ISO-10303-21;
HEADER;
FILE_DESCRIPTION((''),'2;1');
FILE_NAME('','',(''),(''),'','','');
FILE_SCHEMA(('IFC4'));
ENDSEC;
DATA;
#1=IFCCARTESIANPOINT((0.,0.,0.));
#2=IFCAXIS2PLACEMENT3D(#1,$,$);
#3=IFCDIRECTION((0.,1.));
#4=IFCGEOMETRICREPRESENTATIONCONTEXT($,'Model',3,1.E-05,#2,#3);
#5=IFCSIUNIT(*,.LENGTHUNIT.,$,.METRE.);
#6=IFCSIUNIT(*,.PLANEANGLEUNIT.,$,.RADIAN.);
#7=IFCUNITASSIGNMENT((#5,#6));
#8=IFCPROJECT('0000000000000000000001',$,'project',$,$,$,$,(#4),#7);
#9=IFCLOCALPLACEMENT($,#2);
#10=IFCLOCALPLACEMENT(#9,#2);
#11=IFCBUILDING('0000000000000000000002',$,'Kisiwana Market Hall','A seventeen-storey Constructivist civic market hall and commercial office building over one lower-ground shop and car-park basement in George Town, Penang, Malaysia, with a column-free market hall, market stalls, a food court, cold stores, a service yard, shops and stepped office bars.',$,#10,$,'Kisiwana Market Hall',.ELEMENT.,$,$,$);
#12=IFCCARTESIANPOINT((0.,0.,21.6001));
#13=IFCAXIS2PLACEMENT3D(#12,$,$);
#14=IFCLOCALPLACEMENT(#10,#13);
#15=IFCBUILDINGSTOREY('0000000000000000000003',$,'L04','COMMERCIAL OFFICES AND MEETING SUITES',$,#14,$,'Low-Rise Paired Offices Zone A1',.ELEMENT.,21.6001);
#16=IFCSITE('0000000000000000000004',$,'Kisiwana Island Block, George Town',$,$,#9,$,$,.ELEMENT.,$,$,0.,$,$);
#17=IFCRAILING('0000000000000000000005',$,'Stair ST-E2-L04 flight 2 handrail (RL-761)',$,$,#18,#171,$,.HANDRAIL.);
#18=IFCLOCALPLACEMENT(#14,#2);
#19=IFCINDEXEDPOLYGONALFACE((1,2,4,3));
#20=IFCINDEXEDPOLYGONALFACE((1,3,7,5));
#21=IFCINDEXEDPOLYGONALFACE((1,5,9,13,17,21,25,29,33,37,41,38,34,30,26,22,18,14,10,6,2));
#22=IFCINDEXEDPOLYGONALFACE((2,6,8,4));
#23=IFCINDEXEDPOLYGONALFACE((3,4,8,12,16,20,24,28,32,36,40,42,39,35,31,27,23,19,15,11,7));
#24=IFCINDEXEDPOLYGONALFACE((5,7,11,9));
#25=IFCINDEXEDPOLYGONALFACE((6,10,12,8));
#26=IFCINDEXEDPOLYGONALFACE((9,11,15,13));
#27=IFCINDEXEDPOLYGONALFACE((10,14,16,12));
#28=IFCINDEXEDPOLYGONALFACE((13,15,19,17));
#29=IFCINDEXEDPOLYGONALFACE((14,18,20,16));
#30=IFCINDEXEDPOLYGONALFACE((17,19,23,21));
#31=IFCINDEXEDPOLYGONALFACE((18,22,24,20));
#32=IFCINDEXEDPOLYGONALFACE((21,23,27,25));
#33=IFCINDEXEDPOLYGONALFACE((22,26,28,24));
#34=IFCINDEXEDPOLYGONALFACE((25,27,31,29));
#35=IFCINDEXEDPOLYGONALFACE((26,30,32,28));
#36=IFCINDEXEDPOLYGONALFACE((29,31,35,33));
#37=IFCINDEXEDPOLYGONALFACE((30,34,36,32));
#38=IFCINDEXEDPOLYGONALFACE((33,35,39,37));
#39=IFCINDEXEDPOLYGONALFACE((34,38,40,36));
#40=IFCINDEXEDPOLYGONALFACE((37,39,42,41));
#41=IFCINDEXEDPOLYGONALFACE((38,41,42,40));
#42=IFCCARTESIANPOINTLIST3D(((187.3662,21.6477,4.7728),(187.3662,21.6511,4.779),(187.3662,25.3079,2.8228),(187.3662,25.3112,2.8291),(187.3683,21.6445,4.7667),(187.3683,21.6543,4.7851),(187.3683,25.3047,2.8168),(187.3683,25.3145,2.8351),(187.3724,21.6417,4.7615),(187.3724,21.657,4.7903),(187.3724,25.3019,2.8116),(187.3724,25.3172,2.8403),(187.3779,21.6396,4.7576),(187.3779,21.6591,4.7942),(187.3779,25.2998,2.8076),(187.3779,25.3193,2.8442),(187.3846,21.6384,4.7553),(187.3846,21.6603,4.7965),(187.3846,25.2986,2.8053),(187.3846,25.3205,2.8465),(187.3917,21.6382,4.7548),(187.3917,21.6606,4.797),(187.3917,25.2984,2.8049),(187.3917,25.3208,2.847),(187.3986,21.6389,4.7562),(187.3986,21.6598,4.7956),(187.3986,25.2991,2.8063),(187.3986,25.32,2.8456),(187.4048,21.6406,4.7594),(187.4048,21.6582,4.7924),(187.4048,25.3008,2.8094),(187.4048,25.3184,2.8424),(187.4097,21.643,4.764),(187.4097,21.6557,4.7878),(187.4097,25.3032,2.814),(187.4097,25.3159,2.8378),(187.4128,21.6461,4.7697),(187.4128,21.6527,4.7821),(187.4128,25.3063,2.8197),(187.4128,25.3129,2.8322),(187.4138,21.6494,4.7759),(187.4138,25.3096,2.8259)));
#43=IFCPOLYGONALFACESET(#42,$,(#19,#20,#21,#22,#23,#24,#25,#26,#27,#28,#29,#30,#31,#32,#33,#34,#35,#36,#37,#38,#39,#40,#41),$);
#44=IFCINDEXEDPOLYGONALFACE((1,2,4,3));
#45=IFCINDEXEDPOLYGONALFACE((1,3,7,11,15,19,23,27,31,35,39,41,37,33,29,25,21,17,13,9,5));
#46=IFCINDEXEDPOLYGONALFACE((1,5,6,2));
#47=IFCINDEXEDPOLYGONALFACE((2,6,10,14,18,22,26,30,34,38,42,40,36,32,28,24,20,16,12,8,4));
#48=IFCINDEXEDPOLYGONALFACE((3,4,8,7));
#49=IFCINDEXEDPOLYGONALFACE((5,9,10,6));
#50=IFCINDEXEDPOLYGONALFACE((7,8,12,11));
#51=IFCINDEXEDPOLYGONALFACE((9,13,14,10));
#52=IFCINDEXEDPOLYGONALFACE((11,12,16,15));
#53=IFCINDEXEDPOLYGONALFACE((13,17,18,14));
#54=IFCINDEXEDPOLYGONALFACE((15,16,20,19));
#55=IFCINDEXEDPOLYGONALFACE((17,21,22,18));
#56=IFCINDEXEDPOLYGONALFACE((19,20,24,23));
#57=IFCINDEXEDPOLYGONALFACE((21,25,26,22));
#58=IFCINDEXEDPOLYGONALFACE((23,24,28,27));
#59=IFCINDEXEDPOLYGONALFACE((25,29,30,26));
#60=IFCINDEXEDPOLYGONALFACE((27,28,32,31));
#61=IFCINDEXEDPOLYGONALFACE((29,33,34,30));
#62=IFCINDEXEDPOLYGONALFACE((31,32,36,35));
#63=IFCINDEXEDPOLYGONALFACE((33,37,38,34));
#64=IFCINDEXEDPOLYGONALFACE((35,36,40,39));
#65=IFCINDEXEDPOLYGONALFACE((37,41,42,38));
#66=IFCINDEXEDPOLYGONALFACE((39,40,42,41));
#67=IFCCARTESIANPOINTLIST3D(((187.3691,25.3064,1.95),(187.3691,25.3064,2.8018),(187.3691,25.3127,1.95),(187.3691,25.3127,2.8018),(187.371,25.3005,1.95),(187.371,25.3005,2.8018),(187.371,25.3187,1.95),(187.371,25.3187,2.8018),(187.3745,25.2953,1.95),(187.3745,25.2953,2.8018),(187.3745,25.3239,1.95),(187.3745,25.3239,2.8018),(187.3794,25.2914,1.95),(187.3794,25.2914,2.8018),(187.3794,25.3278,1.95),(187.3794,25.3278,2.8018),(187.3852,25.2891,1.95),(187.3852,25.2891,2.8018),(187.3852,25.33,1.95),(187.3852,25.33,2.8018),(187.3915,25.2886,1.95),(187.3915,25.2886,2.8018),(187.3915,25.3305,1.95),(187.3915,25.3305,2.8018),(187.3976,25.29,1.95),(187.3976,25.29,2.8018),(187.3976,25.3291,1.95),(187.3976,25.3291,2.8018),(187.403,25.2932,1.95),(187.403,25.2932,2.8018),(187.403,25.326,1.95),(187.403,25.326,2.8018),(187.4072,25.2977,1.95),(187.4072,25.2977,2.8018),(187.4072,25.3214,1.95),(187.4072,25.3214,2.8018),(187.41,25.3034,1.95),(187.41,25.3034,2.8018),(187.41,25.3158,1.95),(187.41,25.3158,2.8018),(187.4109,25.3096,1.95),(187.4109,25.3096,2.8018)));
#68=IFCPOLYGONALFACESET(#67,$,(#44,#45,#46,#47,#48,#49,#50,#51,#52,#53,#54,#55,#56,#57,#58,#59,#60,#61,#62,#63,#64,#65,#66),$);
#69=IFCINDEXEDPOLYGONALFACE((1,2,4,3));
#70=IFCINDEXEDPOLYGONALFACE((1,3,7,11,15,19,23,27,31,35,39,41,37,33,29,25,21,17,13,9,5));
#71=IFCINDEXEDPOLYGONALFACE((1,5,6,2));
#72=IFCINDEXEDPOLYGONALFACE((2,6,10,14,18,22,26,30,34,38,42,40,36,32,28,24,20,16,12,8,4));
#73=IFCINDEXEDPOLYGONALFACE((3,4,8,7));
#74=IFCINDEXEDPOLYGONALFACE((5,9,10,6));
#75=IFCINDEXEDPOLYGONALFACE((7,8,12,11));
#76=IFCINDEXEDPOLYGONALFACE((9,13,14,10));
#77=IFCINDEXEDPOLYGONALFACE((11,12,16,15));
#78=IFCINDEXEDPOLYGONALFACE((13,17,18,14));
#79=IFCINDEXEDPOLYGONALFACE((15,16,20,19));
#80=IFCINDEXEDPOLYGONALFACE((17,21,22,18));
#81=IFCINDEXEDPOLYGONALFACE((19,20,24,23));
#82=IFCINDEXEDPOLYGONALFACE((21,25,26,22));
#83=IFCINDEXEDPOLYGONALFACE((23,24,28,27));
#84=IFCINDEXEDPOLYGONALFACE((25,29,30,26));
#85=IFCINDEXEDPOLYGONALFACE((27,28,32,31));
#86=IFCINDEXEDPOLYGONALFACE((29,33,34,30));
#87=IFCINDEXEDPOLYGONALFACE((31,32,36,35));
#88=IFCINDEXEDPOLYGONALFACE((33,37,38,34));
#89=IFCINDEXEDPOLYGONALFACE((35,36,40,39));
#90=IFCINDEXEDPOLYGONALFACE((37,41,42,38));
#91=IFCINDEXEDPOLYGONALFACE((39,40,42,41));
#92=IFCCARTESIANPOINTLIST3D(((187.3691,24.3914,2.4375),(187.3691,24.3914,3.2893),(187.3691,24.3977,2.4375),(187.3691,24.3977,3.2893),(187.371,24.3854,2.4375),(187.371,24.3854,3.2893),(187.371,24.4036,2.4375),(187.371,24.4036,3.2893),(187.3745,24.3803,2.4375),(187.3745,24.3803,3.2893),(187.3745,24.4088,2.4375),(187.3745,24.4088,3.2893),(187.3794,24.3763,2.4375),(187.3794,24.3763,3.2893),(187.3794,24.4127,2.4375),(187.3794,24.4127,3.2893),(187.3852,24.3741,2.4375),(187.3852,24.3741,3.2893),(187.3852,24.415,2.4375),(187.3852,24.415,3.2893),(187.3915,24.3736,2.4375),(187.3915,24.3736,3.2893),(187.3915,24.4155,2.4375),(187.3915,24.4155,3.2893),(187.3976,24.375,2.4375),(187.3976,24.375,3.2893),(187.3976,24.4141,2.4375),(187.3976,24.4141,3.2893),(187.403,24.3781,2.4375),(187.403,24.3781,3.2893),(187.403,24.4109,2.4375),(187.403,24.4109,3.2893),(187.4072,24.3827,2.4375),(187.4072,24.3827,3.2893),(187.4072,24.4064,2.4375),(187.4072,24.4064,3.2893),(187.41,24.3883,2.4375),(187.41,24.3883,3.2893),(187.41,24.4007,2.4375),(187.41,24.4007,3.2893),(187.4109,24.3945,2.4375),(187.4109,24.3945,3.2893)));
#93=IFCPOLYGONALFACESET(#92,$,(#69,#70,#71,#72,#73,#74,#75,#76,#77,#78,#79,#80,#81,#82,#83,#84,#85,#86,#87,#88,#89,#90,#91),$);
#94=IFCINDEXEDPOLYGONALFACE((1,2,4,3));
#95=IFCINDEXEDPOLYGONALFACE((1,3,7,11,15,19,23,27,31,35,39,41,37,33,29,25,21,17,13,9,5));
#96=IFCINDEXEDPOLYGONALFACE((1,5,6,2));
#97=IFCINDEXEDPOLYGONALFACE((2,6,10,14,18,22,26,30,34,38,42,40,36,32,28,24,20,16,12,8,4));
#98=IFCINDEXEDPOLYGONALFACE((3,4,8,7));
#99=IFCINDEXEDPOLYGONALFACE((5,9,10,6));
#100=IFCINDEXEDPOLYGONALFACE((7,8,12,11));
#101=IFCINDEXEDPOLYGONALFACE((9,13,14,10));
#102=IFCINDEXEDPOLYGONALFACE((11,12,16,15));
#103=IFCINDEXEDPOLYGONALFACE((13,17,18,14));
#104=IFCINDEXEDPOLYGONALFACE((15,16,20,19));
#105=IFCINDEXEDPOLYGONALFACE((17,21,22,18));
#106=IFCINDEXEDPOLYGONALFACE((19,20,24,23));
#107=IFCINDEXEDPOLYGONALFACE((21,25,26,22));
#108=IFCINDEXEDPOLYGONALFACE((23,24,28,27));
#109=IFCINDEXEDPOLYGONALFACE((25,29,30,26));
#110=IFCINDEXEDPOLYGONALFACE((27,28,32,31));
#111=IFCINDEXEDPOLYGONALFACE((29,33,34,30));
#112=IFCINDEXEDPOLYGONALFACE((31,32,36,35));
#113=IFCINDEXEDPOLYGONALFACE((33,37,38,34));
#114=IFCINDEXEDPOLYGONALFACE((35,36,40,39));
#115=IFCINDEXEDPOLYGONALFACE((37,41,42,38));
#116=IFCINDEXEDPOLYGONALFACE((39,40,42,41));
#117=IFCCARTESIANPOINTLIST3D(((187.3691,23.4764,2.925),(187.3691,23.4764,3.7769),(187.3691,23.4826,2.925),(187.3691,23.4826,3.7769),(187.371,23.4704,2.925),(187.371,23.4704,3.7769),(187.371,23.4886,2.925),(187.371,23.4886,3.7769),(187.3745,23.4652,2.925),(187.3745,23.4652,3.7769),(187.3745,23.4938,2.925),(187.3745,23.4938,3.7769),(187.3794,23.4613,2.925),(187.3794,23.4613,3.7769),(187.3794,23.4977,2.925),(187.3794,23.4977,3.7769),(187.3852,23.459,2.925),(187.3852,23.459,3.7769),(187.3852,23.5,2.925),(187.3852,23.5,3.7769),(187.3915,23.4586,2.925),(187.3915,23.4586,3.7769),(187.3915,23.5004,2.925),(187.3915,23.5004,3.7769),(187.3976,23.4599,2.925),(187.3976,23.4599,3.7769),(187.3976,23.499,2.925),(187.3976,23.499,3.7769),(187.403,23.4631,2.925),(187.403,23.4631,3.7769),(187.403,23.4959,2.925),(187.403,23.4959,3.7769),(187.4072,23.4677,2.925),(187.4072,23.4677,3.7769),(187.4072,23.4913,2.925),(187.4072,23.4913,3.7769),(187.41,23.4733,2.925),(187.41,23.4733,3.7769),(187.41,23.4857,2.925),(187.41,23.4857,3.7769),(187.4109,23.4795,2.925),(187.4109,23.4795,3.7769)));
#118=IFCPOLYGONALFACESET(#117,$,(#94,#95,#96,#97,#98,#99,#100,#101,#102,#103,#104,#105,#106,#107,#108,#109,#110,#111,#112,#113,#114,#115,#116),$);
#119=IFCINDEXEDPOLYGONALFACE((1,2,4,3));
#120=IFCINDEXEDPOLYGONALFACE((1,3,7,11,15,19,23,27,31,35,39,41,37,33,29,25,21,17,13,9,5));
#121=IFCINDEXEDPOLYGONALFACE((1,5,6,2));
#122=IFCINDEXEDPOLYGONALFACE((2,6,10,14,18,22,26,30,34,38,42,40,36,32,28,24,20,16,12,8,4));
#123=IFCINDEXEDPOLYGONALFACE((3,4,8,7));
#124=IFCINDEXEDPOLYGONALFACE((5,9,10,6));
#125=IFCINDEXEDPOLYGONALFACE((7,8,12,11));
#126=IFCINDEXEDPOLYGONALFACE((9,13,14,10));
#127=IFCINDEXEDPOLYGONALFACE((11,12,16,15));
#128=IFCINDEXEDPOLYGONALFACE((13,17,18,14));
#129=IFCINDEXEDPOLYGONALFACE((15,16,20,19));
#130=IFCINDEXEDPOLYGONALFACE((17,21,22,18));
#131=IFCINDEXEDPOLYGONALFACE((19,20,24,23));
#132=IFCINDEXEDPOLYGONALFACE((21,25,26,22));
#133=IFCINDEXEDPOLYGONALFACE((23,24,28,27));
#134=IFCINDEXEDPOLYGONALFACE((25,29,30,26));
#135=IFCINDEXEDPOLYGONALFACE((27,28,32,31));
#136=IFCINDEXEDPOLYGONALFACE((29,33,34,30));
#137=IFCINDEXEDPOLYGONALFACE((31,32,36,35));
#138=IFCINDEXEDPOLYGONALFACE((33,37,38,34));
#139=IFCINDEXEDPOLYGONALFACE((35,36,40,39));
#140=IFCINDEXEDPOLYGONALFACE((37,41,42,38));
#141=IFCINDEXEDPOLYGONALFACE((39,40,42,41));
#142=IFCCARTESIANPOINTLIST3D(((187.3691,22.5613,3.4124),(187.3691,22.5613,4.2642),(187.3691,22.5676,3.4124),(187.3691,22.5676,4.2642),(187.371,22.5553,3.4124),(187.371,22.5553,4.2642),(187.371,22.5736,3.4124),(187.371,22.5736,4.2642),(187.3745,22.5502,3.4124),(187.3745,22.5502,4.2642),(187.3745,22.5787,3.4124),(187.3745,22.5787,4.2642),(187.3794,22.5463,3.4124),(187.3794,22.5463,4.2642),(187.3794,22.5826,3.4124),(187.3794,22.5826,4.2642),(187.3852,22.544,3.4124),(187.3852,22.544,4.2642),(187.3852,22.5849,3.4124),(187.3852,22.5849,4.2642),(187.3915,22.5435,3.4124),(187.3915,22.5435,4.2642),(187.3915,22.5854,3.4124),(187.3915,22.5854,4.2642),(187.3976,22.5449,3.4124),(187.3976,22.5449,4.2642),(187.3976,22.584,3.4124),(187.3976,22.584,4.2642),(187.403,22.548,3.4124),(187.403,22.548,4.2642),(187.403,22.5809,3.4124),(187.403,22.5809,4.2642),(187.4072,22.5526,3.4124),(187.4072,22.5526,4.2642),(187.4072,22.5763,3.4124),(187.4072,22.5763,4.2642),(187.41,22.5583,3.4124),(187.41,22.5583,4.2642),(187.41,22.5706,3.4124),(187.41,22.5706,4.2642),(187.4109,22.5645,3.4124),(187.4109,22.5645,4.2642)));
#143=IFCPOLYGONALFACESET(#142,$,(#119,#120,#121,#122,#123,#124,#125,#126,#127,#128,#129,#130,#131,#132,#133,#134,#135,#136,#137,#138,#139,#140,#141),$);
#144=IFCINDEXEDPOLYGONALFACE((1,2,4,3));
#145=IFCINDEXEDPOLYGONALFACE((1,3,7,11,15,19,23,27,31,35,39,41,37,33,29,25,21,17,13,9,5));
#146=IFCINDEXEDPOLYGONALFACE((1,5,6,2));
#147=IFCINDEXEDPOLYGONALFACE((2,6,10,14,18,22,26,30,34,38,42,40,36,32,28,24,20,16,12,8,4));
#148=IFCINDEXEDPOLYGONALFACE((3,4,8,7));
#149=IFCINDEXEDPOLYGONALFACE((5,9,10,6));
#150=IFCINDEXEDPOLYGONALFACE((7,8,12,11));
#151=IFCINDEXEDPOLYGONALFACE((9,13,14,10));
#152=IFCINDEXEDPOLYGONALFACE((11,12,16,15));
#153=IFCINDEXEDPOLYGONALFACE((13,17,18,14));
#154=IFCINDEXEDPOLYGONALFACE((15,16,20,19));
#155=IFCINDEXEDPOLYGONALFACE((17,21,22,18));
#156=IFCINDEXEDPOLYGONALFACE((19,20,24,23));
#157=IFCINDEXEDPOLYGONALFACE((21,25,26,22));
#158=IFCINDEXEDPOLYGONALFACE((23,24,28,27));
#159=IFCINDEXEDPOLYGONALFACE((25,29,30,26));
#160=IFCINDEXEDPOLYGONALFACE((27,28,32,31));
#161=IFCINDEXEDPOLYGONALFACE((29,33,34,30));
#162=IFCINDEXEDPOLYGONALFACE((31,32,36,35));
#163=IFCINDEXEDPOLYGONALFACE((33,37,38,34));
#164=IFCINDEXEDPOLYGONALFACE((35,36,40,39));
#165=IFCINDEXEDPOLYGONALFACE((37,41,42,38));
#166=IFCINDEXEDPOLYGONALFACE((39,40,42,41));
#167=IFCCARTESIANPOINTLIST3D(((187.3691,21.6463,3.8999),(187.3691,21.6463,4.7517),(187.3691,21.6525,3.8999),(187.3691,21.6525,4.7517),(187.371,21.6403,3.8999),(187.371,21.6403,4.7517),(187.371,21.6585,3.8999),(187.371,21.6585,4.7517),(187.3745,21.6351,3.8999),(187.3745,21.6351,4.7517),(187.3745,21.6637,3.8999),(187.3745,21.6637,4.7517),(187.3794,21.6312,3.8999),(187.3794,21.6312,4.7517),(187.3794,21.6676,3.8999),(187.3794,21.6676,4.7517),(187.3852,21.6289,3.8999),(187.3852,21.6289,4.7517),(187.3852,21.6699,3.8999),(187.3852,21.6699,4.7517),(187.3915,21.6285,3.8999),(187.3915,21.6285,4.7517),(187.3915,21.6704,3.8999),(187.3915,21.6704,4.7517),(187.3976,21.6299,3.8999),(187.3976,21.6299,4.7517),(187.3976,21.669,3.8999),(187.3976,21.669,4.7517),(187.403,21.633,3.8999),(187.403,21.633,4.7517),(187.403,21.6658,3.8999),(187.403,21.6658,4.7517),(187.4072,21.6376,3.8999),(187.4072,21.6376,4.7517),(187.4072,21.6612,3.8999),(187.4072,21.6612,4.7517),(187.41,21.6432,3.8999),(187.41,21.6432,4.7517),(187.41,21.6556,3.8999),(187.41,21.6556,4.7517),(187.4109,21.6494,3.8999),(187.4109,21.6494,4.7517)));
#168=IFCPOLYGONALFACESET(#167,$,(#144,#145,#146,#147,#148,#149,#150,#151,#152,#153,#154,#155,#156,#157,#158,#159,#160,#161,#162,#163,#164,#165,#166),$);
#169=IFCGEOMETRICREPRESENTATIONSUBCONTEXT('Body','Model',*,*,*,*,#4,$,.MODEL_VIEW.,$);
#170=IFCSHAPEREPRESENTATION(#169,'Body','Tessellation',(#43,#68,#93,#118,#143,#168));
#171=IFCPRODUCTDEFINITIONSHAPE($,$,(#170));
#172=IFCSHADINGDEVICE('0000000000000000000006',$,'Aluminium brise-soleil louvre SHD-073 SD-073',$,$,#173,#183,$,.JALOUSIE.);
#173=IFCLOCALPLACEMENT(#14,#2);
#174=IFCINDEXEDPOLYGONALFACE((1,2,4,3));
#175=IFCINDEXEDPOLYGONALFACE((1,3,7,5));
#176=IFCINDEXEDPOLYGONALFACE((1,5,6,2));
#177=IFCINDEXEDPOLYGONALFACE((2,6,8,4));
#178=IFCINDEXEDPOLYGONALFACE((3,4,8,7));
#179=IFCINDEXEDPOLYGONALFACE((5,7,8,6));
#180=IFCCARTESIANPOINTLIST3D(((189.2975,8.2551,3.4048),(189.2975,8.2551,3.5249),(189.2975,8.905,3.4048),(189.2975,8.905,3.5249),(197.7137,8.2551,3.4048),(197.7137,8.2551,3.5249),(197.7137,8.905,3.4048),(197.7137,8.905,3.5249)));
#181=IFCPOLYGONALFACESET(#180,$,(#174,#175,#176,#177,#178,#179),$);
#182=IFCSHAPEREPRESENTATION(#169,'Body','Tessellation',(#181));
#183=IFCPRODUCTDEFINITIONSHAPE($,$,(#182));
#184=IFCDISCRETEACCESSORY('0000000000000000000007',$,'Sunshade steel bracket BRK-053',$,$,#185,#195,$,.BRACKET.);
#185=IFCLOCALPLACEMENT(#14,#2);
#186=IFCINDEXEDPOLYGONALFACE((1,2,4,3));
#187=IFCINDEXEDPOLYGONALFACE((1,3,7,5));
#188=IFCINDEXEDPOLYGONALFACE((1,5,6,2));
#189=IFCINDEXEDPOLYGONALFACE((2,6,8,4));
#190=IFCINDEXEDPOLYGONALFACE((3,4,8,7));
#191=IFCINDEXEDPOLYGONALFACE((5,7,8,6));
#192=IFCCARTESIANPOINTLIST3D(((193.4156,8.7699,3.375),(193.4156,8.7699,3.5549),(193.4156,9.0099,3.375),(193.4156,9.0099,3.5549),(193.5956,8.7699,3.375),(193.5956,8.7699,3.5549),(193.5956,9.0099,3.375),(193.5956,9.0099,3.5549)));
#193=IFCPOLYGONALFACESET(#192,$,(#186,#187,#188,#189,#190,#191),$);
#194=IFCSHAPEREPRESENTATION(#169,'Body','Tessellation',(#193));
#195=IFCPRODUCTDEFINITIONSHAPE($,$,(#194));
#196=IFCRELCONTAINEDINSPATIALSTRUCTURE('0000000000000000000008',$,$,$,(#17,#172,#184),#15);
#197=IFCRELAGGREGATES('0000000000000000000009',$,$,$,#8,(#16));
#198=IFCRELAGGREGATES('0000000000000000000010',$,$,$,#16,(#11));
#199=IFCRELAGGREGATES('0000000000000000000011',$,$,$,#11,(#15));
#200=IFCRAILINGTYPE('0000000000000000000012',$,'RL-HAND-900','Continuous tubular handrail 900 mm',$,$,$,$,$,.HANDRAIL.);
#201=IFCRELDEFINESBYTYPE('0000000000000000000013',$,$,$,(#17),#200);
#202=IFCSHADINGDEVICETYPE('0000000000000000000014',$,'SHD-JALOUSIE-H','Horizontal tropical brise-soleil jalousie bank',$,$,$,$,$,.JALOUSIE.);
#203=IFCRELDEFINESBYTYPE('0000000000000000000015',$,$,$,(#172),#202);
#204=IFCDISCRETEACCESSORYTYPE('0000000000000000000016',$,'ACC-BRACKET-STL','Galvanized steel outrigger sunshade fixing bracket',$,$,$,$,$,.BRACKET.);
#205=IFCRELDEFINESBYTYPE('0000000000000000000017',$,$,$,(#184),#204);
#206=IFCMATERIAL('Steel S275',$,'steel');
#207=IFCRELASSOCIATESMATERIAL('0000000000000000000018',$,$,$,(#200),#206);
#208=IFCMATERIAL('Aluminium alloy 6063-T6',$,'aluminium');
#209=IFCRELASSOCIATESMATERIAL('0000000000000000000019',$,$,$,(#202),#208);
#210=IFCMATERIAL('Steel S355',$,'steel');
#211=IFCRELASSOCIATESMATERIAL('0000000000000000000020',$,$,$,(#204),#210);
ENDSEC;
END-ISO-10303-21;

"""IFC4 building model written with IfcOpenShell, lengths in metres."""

from ifc_helpers import new_model, si_unit, direction, frame, origin, origin_2d, place, context, subcontext, project, spatial, rectangle, circle, extrude, material, type_object, element, save


model = new_model("IFC4")

# Units and contexts
model_context = context("Model", 3, precision=1e-05, world=origin(), true_north=direction((0.0, 1.0)))
body_context = subcontext(model_context, "Body", "Model", "MODEL_VIEW")
ifc_project = project(units=[si_unit("LENGTHUNIT", "METRE"), si_unit("PLANEANGLEUNIT", "RADIAN")], contexts=[model_context])

# Site, building, storey
site_placement = place(None, origin())
site = spatial("IfcSite", under=ifc_project, at=site_placement, Name="Kisiwana Island Block, George Town", CompositionType="ELEMENT", RefElevation=0.0)
building_placement = place(site_placement, origin())
building = spatial("IfcBuilding", under=site, at=building_placement, Name="Kisiwana Market Hall", Description="A seventeen-storey Constructivist civic market hall and commercial office building over one lower-ground shop and car-park basement in George Town, Penang, Malaysia, with a column-free market hall, market stalls, a food court, cold stores, a service yard, shops and stepped office bars.", LongName="Kisiwana Market Hall", CompositionType="ELEMENT")
storey_placement = place(building_placement, frame((0.0, 0.0, 21.6001)))
storey = spatial("IfcBuildingStorey", under=building, at=storey_placement, Name="L04", Description="COMMERCIAL OFFICES AND MEETING SUITES", LongName="Low-Rise Paired Offices Zone A1", CompositionType="ELEMENT", Elevation=21.6001)

# Railing
ifc_material_1 = material(Name="Steel S275", Category="steel")
railing_type_1 = type_object("IfcRailingType", Name="RL-HAND-900", Description="Continuous tubular handrail 900 mm", PredefinedType="HANDRAIL", material=ifc_material_1)
railing_1_placement = place(storey_placement, frame((187.3899, 25.3096, 1.95)))
element("IfcRailing", 1, at=railing_1_placement, inside=storey, type_object=railing_type_1, Name="Stair ST-E2-L04 flight 2 handrail (RL-761)", PredefinedType="HANDRAIL", context=body_context, shape_type="SweptSolid", body=[
    extrude(circle(Radius=0.0239, at=origin_2d()), frame((0.0, 0.0, 0.876), z_axis=(0.0, -0.882566, 0.470188), x_axis=(1.0, 0.0, 0.0)), (0.0, 0.0, 1.0), 4.1472),
    extrude(circle(Radius=0.021, at=origin_2d()), origin(), (0.0, 0.0, 1.0), 0.8518),
    extrude(circle(Radius=0.021, at=origin_2d()), frame((0.0, -0.915, 0.4875)), (0.0, 0.0, 1.0), 0.8518),
    extrude(circle(Radius=0.021, at=origin_2d()), frame((0.0, -1.8301, 0.9751)), (0.0, 0.0, 1.0), 0.8518),
    extrude(circle(Radius=0.021, at=origin_2d()), frame((0.0, -2.7451, 1.4624)), (0.0, 0.0, 1.0), 0.8518),
    extrude(circle(Radius=0.021, at=origin_2d()), frame((0.0, -3.6602, 1.95)), (0.0, 0.0, 1.0), 0.8518),
])

# Shading device
ifc_material_2 = material(Name="Aluminium alloy 6063-T6", Category="aluminium")
shading_device_type = type_object("IfcShadingDeviceType", Name="SHD-JALOUSIE-H", Description="Horizontal tropical brise-soleil jalousie bank", PredefinedType="JALOUSIE", material=ifc_material_2)
shading_device_placement = place(storey_placement, frame((193.5056, 8.5801, 3.4048), z_axis=(0.0, 0.0, 1.0), x_axis=(1.0, 0.0, 0.0)))
element("IfcShadingDevice", 2, at=shading_device_placement, inside=storey, type_object=shading_device_type, Name="Aluminium brise-soleil louvre SHD-073 SD-073", PredefinedType="JALOUSIE", context=body_context, shape_type="SweptSolid", body=[
    extrude(rectangle(XDim=8.4163, YDim=0.6499, at=origin_2d()), origin(), (0.0, 0.0, 1.0), 0.1201),
])

# Discrete accessory
ifc_material_3 = material(Name="Steel S355", Category="steel")
discrete_accessory_type = type_object("IfcDiscreteAccessoryType", Name="ACC-BRACKET-STL", Description="Galvanized steel outrigger sunshade fixing bracket", PredefinedType="BRACKET", material=ifc_material_3)
discrete_accessory_placement = place(storey_placement, frame((193.5056, 8.8899, 3.375), z_axis=(0.0, 0.0, 1.0), x_axis=(1.0, 0.0, 0.0)))
element("IfcDiscreteAccessory", 3, at=discrete_accessory_placement, inside=storey, type_object=discrete_accessory_type, Name="Sunshade steel bracket BRK-053", PredefinedType="BRACKET", context=body_context, shape_type="SweptSolid", body=[
    extrude(rectangle(XDim=0.1799, YDim=0.24, at=origin_2d()), origin(), (0.0, 0.0, 1.0), 0.1799),
])

save(model, "model.ifc")
